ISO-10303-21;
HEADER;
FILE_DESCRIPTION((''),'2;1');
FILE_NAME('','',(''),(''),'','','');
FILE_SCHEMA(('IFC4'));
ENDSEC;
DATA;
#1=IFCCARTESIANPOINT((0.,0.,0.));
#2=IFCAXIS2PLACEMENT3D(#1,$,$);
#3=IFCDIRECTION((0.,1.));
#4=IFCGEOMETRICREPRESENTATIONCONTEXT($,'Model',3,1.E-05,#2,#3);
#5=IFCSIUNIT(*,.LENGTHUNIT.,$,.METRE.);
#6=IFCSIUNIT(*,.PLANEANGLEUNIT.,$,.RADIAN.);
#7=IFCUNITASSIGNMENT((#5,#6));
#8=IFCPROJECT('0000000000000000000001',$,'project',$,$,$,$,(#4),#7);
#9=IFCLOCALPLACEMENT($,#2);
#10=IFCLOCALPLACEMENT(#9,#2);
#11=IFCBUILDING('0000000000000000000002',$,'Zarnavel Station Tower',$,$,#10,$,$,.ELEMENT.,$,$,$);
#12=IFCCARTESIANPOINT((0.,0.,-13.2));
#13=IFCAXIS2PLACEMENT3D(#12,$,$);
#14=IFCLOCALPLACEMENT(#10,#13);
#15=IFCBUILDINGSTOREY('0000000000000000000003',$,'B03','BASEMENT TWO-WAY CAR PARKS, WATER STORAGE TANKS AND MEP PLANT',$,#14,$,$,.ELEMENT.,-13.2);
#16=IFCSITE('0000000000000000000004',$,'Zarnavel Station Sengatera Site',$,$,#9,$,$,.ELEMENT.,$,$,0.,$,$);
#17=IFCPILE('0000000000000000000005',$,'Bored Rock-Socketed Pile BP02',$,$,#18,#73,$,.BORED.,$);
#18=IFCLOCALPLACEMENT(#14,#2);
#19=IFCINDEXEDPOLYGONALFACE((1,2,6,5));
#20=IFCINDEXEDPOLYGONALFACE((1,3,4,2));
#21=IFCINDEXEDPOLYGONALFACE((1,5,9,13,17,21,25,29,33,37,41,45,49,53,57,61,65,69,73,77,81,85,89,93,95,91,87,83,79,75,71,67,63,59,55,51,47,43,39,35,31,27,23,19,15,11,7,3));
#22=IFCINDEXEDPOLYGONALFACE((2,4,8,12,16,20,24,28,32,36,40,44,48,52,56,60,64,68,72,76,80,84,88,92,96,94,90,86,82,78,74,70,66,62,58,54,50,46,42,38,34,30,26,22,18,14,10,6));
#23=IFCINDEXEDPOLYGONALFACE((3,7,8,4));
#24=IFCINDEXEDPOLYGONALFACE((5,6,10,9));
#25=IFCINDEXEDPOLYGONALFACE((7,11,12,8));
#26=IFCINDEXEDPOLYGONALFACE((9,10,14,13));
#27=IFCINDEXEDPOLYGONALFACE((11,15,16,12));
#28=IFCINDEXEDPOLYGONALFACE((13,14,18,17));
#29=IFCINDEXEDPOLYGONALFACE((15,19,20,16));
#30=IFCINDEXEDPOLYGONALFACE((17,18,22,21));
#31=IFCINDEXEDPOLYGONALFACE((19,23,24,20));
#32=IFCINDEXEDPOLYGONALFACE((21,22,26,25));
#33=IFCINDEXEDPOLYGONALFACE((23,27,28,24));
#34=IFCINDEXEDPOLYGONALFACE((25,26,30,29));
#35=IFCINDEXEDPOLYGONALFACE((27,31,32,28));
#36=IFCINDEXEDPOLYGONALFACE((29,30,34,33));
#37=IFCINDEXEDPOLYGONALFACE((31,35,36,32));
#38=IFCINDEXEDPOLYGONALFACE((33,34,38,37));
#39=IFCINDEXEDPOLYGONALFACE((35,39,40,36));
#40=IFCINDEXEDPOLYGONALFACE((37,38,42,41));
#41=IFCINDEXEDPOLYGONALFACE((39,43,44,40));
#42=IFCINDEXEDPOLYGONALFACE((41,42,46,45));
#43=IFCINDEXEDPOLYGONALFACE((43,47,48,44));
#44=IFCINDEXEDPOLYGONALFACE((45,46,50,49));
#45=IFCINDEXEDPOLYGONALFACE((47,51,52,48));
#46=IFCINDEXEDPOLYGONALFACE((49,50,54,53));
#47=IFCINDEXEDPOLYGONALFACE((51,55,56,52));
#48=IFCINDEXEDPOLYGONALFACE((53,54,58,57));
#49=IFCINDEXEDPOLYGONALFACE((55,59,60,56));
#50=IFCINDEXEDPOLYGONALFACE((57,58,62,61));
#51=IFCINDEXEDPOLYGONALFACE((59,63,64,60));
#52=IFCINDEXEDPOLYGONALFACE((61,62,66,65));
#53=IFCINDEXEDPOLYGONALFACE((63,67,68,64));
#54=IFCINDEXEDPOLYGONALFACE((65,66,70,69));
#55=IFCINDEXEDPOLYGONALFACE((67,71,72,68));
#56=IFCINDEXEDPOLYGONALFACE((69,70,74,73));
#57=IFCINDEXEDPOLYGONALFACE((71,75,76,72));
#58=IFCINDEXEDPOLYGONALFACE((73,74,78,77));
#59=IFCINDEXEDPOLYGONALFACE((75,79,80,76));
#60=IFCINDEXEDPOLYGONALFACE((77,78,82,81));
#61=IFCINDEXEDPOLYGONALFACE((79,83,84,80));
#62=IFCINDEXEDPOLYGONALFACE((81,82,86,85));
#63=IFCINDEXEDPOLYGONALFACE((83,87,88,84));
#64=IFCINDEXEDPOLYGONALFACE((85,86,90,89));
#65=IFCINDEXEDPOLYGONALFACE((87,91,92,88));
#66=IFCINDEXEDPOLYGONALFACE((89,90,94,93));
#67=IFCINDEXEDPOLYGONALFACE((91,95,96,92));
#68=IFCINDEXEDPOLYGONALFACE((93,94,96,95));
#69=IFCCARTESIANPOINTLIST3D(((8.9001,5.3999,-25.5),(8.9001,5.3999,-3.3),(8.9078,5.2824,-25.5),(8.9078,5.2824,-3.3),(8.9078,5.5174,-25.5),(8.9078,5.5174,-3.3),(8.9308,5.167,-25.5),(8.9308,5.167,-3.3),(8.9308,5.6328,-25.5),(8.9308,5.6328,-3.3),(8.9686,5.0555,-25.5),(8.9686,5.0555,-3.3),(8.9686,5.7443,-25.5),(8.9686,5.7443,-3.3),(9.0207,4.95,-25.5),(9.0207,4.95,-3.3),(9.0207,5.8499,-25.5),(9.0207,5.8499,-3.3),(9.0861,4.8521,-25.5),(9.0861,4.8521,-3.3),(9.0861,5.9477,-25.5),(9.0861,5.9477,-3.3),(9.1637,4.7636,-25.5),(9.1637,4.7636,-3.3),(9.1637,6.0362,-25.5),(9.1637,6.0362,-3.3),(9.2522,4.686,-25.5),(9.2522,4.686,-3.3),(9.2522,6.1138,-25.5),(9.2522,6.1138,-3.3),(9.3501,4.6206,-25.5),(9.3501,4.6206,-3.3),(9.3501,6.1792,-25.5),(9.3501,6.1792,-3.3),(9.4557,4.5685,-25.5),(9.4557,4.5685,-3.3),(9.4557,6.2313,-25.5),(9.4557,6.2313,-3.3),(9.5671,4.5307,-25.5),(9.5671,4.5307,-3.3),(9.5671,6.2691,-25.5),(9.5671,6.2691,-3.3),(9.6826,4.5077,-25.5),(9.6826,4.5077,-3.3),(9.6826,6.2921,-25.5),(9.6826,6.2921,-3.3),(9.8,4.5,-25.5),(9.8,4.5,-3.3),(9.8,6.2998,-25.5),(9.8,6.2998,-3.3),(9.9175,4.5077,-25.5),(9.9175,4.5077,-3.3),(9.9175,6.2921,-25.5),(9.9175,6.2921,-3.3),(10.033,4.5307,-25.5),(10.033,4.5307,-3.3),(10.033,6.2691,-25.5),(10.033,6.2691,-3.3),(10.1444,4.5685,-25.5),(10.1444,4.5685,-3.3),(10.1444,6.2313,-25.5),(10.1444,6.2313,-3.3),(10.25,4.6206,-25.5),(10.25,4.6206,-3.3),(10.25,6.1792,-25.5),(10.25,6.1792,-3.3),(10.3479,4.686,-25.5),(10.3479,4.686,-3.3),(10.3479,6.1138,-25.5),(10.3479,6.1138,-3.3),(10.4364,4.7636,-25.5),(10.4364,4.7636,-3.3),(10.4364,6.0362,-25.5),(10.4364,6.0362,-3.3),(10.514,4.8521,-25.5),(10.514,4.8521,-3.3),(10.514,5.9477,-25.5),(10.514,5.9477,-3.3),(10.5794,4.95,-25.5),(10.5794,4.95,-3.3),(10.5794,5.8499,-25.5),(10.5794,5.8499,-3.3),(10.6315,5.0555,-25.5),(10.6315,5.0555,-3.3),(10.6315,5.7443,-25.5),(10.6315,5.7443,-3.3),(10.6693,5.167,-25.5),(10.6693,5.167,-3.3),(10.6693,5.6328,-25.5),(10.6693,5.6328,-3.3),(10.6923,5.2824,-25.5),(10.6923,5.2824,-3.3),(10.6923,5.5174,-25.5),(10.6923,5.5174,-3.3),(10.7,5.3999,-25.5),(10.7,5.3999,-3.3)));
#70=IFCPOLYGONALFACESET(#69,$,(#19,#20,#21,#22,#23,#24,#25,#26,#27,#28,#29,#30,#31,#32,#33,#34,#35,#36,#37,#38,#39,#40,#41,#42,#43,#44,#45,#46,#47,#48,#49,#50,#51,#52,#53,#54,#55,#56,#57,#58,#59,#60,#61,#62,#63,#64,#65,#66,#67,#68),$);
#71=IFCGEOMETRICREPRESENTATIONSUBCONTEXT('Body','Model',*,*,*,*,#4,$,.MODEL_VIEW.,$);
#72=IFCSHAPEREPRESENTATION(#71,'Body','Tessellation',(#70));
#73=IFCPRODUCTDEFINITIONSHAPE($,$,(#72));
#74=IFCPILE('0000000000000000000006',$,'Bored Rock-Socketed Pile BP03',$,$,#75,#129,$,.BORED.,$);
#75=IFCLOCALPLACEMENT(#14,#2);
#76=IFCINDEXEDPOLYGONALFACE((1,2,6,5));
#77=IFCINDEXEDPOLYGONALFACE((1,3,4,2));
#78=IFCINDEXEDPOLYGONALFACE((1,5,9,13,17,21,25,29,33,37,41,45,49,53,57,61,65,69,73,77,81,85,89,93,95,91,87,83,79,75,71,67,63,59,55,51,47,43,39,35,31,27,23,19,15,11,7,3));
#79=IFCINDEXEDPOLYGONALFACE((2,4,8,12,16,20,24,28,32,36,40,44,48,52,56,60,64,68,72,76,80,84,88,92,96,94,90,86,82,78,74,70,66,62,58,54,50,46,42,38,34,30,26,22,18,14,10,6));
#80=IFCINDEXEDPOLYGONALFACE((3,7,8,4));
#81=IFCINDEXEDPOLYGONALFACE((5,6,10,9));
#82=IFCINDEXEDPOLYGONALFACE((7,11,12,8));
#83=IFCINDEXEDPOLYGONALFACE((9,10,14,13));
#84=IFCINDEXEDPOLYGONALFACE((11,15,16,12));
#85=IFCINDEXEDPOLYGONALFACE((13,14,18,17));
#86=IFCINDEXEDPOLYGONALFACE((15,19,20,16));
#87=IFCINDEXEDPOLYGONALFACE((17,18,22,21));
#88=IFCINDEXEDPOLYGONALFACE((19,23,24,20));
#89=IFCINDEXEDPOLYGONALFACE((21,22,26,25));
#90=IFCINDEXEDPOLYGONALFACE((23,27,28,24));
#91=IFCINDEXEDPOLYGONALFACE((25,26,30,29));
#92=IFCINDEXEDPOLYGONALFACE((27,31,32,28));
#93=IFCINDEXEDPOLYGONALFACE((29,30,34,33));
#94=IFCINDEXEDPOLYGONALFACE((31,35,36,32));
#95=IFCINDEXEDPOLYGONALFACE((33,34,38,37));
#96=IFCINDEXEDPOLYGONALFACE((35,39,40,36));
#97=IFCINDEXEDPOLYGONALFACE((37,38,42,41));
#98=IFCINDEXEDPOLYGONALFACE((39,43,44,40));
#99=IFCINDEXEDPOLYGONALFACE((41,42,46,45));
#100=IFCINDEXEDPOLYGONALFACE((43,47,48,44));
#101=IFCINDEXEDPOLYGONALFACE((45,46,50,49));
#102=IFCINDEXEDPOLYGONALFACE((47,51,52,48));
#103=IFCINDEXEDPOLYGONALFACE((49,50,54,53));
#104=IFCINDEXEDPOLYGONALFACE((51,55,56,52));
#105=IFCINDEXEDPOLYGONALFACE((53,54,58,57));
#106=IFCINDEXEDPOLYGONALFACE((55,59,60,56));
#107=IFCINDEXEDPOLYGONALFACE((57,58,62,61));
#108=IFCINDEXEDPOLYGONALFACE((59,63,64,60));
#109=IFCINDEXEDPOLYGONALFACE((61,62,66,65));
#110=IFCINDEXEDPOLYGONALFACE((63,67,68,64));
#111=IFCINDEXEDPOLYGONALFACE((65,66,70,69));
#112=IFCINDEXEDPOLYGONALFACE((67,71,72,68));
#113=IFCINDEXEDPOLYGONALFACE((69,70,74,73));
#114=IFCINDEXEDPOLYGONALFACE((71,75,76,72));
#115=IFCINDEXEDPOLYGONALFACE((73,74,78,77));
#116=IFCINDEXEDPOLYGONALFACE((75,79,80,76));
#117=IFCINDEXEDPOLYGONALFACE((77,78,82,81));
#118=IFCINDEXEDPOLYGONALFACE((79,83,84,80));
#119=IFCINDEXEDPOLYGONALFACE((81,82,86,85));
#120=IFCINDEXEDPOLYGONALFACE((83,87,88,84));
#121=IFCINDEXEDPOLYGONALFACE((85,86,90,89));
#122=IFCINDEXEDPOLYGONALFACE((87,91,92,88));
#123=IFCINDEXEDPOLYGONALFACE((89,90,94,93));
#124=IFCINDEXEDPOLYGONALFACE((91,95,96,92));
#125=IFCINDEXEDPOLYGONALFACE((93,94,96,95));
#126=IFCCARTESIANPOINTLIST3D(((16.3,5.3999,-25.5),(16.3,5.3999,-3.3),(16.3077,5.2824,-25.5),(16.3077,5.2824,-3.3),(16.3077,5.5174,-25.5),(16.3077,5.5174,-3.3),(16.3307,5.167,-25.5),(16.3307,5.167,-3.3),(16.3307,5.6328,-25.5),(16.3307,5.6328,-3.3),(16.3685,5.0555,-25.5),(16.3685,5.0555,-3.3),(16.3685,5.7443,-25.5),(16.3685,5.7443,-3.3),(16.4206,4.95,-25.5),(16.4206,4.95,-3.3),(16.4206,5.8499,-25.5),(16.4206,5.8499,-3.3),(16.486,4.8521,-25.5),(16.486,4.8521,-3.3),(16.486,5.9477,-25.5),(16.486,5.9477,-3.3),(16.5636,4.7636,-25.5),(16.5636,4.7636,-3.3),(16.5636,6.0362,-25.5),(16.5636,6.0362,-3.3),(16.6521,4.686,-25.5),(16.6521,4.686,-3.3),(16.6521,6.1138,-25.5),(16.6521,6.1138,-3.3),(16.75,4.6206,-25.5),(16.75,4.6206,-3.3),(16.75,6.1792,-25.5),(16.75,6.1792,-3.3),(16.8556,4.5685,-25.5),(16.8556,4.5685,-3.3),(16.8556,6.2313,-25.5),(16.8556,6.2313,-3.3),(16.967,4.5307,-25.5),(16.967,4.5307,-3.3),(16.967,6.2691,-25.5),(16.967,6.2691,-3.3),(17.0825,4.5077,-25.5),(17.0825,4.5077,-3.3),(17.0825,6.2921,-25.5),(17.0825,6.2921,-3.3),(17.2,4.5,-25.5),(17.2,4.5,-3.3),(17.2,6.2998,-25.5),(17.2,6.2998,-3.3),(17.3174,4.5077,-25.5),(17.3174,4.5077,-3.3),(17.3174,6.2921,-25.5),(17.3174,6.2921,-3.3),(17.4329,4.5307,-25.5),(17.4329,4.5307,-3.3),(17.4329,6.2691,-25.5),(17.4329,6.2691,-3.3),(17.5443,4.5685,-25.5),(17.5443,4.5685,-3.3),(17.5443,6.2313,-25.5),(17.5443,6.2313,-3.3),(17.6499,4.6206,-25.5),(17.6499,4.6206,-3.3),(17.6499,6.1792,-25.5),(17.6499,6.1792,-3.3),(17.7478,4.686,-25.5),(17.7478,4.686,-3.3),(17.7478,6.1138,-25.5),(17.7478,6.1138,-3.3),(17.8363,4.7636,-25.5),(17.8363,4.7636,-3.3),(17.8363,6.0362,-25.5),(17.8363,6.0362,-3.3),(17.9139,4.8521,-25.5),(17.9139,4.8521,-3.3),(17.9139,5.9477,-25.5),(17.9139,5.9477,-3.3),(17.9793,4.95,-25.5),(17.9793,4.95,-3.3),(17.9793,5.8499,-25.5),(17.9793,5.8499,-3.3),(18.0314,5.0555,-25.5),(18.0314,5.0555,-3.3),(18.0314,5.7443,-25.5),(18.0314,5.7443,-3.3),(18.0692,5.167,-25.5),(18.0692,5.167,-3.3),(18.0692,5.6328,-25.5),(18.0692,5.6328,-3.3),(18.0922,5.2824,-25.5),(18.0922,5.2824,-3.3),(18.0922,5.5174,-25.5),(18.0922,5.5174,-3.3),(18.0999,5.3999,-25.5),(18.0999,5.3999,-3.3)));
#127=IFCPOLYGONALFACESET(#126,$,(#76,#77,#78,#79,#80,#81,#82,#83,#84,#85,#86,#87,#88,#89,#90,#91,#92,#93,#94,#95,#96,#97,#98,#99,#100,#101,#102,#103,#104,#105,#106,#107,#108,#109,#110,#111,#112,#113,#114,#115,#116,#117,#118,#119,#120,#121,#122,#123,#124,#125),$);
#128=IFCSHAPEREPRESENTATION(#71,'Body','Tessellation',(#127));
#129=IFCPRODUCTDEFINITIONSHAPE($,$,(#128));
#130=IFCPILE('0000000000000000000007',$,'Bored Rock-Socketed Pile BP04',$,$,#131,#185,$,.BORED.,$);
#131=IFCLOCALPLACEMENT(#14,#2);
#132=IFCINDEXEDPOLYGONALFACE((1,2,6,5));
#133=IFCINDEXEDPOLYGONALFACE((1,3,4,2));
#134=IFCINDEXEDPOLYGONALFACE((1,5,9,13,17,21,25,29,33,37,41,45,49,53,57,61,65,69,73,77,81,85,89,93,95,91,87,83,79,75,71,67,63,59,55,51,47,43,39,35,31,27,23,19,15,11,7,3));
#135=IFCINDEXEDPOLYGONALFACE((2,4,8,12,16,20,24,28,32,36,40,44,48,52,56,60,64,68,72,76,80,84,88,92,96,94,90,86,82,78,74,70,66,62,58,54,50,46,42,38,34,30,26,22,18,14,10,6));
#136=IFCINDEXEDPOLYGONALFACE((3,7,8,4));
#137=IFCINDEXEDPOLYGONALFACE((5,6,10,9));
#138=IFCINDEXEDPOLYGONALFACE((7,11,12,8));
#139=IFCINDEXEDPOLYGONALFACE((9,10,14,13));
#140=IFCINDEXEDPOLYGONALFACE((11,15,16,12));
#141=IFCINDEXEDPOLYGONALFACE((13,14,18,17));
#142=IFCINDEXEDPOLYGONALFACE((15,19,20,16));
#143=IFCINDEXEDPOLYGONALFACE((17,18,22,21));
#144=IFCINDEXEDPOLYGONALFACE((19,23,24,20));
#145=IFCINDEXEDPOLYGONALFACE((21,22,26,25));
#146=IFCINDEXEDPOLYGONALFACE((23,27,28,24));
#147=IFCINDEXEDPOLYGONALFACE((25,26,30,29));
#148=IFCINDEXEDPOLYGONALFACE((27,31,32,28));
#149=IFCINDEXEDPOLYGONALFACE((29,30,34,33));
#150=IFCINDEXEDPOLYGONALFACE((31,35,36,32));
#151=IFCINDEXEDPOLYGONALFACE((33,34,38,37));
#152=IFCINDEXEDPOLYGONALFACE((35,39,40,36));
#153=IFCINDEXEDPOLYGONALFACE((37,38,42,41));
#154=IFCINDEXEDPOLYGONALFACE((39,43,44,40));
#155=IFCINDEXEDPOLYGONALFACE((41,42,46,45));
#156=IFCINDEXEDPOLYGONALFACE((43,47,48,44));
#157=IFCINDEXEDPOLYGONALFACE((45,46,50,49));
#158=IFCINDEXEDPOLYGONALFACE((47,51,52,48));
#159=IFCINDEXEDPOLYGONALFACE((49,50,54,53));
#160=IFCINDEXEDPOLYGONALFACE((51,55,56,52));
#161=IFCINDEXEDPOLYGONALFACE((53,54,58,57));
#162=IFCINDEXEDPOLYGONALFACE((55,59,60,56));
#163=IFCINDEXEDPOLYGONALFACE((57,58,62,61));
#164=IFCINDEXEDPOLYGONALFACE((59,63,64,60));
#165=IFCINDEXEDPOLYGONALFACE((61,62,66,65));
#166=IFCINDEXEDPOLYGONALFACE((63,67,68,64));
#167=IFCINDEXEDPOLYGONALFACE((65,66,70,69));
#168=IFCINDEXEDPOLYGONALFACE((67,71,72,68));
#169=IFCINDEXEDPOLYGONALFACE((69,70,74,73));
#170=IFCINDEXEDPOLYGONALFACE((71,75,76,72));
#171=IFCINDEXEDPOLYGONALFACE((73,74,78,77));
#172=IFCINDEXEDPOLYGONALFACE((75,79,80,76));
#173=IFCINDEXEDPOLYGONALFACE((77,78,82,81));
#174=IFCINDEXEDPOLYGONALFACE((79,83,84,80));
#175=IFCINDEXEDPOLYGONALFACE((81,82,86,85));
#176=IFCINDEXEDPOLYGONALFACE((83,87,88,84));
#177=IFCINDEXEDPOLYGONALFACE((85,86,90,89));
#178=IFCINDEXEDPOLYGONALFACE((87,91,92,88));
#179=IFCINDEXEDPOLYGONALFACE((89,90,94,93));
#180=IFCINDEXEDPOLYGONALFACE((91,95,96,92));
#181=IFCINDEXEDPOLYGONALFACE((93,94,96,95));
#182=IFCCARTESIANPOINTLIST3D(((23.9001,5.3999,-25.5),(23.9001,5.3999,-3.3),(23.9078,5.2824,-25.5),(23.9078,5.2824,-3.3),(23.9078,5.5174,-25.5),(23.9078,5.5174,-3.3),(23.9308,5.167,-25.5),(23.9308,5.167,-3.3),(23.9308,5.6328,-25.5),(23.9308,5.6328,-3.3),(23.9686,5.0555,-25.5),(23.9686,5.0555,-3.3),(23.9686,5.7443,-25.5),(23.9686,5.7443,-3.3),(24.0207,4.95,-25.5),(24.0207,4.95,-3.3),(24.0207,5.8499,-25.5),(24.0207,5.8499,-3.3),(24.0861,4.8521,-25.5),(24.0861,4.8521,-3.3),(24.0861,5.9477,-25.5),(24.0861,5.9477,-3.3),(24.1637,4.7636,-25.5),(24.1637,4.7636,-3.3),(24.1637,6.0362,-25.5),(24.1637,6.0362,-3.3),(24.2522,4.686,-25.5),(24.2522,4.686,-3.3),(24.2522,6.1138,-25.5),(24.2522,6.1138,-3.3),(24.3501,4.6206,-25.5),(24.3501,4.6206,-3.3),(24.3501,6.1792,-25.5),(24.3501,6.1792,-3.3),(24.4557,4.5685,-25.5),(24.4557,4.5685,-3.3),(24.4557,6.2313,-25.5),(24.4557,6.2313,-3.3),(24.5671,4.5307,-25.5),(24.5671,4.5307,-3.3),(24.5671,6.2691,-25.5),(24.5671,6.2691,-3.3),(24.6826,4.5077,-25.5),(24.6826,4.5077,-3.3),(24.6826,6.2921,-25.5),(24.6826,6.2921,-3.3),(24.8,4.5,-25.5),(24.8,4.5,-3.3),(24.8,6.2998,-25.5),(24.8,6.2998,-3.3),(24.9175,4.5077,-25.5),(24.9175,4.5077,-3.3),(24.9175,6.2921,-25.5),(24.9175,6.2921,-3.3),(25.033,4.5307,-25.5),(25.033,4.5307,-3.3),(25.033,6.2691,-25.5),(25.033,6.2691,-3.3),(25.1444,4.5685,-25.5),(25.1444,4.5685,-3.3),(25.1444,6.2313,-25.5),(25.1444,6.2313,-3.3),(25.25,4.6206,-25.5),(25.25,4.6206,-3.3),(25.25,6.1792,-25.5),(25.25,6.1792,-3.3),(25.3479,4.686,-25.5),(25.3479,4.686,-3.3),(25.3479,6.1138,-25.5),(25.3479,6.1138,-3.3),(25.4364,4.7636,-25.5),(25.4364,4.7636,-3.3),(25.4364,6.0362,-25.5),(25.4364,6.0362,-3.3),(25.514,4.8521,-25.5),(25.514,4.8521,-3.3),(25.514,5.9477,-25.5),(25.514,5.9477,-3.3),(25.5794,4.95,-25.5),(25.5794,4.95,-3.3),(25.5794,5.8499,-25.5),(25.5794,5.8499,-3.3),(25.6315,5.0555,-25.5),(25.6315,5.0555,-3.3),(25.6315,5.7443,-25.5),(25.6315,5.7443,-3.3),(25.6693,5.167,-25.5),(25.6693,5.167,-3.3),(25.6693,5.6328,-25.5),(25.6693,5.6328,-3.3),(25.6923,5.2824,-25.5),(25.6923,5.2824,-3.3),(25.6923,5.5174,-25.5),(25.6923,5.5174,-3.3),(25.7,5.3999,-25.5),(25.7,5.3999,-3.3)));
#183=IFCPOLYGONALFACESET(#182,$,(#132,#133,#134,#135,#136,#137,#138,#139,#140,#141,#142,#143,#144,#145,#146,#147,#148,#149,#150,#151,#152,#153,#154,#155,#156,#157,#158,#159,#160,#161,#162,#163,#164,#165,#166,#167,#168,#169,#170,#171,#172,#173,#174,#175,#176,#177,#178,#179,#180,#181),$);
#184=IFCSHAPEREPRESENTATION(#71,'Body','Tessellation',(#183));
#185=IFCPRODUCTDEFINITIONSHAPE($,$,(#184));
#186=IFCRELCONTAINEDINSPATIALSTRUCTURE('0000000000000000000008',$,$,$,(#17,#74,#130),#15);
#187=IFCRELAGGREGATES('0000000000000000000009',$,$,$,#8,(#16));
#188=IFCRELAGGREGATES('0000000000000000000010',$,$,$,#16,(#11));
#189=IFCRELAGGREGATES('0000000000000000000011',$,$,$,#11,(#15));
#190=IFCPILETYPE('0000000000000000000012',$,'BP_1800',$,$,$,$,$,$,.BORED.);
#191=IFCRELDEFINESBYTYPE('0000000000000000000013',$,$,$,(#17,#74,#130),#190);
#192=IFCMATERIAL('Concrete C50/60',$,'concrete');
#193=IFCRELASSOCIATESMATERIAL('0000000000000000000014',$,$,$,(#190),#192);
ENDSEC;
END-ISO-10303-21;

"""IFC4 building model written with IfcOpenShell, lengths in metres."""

from ifc_helpers import new_model, si_unit, direction, frame, origin, origin_2d, place, context, subcontext, project, spatial, circle, extrude, material, material_profile, profile_set, type_object, element, save


model = new_model("IFC4")

# Units and contexts
model_context = context("Model", 3, precision=1e-05, world=origin(), true_north=direction((0.0, 1.0)))
body_context = subcontext(model_context, "Body", "Model", "MODEL_VIEW")
ifc_project = project(units=[si_unit("LENGTHUNIT", "METRE"), si_unit("PLANEANGLEUNIT", "RADIAN")], contexts=[model_context])

# Site, building, storey
site_placement = place(None, origin())
site = spatial("IfcSite", under=ifc_project, at=site_placement, Name="Zarnavel Station Sengatera Site", CompositionType="ELEMENT", RefElevation=0.0)
building_placement = place(site_placement, origin())
building = spatial("IfcBuilding", under=site, at=building_placement, Name="Zarnavel Station Tower", CompositionType="ELEMENT")
storey_placement = place(building_placement, frame((0.0, 0.0, -13.2)))
storey = spatial("IfcBuildingStorey", under=building, at=storey_placement, Name="B03", Description="BASEMENT TWO-WAY CAR PARKS, WATER STORAGE TANKS AND MEP PLANT", CompositionType="ELEMENT", Elevation=-13.2)

# Piles
ifc_material_1 = material(Name="Concrete C50/60", Category="concrete")
ifc_material_profile_1 = material_profile(ifc_material_1, circle(Radius=0.8999, at=origin_2d()), Name="PILE1800")
ifc_profile_set_1 = profile_set([ifc_material_profile_1], Name="Concrete C50/60")
pile_type_1 = type_object("IfcPileType", Name="BP_1800", PredefinedType="BORED", material=ifc_profile_set_1)
for number, where, z_axis, x_axis, name in (
    (1, (9.8, 5.3999, -3.3), (0.0, 0.0, -1.0), (1.0, 0.0, 0.0), "Bored Rock-Socketed Pile BP02"),
    (2, (17.2, 5.3999, -3.3), (0.0, 0.0, -1.0), (1.0, 0.0, 0.0), "Bored Rock-Socketed Pile BP03"),
    (3, (24.8, 5.3999, -3.3), (0.0, 0.0, -1.0), (1.0, 0.0, 0.0), "Bored Rock-Socketed Pile BP04"),
):
    element("IfcPile", number, at=place(storey_placement, frame(where, z_axis=z_axis, x_axis=x_axis)), inside=storey, type_object=pile_type_1, Name=name, PredefinedType="BORED", context=body_context, shape_type="SweptSolid", body=[
        extrude(circle(Radius=0.8999, at=origin_2d()), origin(), (0.0, 0.0, 1.0), 22.2),
    ])

save(model, "model.ifc")
